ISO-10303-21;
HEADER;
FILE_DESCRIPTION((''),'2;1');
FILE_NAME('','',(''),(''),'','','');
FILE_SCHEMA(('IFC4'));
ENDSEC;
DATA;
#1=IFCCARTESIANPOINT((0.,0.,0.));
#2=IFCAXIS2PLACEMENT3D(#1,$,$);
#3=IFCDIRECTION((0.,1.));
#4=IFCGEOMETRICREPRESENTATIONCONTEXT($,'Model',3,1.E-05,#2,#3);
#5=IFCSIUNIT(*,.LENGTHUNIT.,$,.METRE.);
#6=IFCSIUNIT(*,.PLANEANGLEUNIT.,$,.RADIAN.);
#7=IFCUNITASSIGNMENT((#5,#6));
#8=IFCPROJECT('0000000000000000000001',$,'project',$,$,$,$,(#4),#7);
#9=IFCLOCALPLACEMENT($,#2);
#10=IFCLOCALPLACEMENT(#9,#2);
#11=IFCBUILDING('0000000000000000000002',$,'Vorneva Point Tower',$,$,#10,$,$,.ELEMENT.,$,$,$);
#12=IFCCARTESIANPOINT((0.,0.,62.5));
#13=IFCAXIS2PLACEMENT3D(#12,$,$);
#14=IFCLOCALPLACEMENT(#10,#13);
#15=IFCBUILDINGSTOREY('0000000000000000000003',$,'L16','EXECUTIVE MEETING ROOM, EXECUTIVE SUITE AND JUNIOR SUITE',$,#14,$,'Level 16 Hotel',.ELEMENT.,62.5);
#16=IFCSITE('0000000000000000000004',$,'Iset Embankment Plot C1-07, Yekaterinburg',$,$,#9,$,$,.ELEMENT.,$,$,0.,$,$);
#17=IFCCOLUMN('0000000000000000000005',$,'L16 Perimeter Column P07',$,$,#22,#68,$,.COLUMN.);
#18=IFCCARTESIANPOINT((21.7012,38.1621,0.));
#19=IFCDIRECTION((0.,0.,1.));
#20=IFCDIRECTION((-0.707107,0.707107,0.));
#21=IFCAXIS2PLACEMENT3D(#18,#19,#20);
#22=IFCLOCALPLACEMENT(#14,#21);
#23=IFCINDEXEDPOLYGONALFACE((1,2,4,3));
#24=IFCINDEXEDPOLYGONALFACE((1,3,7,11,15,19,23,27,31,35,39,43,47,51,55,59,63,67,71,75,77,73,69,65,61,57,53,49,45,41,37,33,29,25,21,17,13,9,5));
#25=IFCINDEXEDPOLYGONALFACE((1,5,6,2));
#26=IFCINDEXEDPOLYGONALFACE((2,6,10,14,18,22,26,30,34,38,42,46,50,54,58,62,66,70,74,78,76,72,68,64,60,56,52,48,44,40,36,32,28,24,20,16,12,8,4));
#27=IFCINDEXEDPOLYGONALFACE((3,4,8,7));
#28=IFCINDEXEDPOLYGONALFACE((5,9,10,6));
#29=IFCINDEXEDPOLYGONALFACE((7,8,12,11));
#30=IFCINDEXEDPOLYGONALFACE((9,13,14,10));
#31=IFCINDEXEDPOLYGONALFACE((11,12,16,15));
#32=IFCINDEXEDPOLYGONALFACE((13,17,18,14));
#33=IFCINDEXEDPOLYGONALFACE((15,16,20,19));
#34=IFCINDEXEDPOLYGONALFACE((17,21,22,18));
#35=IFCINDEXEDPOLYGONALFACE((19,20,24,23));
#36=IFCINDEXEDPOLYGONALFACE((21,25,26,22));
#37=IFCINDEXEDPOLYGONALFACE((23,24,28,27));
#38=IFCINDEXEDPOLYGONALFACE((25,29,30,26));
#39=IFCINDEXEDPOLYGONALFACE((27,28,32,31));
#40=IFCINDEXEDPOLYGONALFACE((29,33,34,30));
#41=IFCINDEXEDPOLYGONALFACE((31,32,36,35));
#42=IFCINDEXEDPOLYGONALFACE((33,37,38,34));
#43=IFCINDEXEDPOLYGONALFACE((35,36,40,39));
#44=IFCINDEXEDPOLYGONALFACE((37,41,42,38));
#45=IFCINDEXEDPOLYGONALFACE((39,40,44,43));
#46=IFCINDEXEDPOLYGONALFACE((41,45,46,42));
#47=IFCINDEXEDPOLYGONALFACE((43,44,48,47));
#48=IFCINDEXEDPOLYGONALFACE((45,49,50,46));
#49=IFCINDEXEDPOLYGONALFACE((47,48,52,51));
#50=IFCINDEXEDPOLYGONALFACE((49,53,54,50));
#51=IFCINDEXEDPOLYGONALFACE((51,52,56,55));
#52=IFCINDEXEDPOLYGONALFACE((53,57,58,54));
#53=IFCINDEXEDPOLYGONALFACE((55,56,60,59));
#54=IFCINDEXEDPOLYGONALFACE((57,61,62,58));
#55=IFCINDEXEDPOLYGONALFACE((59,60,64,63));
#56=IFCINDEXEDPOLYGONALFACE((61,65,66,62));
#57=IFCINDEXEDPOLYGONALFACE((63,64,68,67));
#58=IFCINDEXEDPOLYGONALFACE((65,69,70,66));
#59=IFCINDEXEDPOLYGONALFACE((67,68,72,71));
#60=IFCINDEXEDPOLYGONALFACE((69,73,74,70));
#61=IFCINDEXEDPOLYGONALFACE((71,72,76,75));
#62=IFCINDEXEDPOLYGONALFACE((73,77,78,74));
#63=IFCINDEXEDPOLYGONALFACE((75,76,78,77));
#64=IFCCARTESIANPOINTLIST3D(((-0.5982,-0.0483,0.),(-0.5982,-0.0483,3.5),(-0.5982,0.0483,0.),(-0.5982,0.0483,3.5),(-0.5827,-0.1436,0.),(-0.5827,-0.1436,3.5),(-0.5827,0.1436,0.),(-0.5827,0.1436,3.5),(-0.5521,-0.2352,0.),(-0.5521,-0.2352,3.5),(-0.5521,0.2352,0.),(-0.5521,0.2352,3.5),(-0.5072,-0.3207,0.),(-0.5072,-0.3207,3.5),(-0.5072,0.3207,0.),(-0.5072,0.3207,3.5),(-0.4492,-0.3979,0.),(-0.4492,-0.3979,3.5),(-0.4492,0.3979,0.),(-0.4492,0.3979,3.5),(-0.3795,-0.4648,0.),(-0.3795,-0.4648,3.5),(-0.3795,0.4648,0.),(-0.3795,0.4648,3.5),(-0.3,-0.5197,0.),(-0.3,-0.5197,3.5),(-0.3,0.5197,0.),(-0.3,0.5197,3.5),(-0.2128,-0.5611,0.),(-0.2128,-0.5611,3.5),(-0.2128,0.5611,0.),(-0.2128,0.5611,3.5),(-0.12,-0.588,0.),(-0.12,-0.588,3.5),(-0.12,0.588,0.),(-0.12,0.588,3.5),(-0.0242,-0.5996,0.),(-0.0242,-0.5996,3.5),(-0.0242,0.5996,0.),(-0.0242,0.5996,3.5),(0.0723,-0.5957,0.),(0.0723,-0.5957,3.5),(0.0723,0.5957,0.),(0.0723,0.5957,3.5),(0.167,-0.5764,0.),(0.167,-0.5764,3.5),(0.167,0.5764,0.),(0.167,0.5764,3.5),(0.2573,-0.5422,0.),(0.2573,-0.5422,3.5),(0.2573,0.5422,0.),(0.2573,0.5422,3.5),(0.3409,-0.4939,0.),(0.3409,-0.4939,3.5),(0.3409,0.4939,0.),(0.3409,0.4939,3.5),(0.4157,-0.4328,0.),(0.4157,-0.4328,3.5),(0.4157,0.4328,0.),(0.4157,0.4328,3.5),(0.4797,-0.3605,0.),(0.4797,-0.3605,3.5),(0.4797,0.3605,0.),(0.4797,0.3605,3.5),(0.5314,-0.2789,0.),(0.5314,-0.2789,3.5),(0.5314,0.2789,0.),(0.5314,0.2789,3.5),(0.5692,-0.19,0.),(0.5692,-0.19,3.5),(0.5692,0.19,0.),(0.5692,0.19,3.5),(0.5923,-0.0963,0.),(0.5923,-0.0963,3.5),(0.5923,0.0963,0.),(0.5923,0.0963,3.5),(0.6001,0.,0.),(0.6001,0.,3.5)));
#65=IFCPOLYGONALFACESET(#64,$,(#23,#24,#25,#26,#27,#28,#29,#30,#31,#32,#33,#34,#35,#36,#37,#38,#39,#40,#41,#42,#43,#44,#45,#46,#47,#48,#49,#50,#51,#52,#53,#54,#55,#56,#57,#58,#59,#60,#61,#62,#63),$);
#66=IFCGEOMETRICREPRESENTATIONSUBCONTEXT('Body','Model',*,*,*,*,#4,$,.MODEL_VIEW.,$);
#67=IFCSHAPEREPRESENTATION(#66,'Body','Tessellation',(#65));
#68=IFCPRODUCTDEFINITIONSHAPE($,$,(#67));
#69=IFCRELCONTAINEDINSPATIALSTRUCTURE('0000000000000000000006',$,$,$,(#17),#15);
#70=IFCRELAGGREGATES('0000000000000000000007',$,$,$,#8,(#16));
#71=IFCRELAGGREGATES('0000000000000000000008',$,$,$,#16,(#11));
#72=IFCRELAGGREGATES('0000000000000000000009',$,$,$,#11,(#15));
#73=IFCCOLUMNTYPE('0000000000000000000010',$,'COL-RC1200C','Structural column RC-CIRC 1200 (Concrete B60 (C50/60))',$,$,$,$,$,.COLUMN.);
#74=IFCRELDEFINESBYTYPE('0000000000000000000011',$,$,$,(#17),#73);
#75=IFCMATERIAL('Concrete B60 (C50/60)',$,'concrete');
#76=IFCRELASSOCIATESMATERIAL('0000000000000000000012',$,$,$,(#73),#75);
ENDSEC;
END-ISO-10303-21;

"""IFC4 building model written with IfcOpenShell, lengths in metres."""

from ifc_helpers import new_model, si_unit, direction, frame, origin, origin_2d, place, context, subcontext, project, spatial, circle, extrude, material, material_profile, profile_set, type_object, element, save


model = new_model("IFC4")

# Units and contexts
model_context = context("Model", 3, precision=1e-05, world=origin(), true_north=direction((0.0, 1.0)))
body_context = subcontext(model_context, "Body", "Model", "MODEL_VIEW")
ifc_project = project(units=[si_unit("LENGTHUNIT", "METRE"), si_unit("PLANEANGLEUNIT", "RADIAN")], contexts=[model_context])

# Site, building, storey
site_placement = place(None, origin())
site = spatial("IfcSite", under=ifc_project, at=site_placement, Name="Iset Embankment Plot C1-07, Yekaterinburg", CompositionType="ELEMENT", RefElevation=0.0)
building_placement = place(site_placement, origin())
building = spatial("IfcBuilding", under=site, at=building_placement, Name="Vorneva Point Tower", CompositionType="ELEMENT")
storey_placement = place(building_placement, frame((0.0, 0.0, 62.5)))
storey = spatial("IfcBuildingStorey", under=building, at=storey_placement, Name="L16", Description="EXECUTIVE MEETING ROOM, EXECUTIVE SUITE AND JUNIOR SUITE", LongName="Level 16 Hotel", CompositionType="ELEMENT", Elevation=62.5)

# Column
ifc_material_1 = material(Name="Concrete B60 (C50/60)", Category="concrete")
ifc_material_profile_1 = material_profile(ifc_material_1, circle(Radius=0.6001, at=origin_2d()), Name="RC-CIRC 1200")
ifc_profile_set_1 = profile_set([ifc_material_profile_1], Name="Concrete B60 (C50/60)")
column_type_1 = type_object("IfcColumnType", Name="COL-RC1200C", Description="Structural column RC-CIRC 1200 (Concrete B60 (C50/60))", PredefinedType="COLUMN", material=ifc_profile_set_1)
column_placement = place(storey_placement, frame((21.7012, 38.1621, 0.0), z_axis=(0.0, 0.0, 1.0), x_axis=(-0.707107, 0.707107, 0.0)))
element("IfcColumn", 1, at=column_placement, inside=storey, type_object=column_type_1, Name="L16 Perimeter Column P07", PredefinedType="COLUMN", context=body_context, shape_type="SweptSolid", body=[
    extrude(circle(Radius=0.6001, at=origin_2d()), origin(), (0.0, 0.0, 1.0), 3.5),
])

save(model, "model.ifc")
